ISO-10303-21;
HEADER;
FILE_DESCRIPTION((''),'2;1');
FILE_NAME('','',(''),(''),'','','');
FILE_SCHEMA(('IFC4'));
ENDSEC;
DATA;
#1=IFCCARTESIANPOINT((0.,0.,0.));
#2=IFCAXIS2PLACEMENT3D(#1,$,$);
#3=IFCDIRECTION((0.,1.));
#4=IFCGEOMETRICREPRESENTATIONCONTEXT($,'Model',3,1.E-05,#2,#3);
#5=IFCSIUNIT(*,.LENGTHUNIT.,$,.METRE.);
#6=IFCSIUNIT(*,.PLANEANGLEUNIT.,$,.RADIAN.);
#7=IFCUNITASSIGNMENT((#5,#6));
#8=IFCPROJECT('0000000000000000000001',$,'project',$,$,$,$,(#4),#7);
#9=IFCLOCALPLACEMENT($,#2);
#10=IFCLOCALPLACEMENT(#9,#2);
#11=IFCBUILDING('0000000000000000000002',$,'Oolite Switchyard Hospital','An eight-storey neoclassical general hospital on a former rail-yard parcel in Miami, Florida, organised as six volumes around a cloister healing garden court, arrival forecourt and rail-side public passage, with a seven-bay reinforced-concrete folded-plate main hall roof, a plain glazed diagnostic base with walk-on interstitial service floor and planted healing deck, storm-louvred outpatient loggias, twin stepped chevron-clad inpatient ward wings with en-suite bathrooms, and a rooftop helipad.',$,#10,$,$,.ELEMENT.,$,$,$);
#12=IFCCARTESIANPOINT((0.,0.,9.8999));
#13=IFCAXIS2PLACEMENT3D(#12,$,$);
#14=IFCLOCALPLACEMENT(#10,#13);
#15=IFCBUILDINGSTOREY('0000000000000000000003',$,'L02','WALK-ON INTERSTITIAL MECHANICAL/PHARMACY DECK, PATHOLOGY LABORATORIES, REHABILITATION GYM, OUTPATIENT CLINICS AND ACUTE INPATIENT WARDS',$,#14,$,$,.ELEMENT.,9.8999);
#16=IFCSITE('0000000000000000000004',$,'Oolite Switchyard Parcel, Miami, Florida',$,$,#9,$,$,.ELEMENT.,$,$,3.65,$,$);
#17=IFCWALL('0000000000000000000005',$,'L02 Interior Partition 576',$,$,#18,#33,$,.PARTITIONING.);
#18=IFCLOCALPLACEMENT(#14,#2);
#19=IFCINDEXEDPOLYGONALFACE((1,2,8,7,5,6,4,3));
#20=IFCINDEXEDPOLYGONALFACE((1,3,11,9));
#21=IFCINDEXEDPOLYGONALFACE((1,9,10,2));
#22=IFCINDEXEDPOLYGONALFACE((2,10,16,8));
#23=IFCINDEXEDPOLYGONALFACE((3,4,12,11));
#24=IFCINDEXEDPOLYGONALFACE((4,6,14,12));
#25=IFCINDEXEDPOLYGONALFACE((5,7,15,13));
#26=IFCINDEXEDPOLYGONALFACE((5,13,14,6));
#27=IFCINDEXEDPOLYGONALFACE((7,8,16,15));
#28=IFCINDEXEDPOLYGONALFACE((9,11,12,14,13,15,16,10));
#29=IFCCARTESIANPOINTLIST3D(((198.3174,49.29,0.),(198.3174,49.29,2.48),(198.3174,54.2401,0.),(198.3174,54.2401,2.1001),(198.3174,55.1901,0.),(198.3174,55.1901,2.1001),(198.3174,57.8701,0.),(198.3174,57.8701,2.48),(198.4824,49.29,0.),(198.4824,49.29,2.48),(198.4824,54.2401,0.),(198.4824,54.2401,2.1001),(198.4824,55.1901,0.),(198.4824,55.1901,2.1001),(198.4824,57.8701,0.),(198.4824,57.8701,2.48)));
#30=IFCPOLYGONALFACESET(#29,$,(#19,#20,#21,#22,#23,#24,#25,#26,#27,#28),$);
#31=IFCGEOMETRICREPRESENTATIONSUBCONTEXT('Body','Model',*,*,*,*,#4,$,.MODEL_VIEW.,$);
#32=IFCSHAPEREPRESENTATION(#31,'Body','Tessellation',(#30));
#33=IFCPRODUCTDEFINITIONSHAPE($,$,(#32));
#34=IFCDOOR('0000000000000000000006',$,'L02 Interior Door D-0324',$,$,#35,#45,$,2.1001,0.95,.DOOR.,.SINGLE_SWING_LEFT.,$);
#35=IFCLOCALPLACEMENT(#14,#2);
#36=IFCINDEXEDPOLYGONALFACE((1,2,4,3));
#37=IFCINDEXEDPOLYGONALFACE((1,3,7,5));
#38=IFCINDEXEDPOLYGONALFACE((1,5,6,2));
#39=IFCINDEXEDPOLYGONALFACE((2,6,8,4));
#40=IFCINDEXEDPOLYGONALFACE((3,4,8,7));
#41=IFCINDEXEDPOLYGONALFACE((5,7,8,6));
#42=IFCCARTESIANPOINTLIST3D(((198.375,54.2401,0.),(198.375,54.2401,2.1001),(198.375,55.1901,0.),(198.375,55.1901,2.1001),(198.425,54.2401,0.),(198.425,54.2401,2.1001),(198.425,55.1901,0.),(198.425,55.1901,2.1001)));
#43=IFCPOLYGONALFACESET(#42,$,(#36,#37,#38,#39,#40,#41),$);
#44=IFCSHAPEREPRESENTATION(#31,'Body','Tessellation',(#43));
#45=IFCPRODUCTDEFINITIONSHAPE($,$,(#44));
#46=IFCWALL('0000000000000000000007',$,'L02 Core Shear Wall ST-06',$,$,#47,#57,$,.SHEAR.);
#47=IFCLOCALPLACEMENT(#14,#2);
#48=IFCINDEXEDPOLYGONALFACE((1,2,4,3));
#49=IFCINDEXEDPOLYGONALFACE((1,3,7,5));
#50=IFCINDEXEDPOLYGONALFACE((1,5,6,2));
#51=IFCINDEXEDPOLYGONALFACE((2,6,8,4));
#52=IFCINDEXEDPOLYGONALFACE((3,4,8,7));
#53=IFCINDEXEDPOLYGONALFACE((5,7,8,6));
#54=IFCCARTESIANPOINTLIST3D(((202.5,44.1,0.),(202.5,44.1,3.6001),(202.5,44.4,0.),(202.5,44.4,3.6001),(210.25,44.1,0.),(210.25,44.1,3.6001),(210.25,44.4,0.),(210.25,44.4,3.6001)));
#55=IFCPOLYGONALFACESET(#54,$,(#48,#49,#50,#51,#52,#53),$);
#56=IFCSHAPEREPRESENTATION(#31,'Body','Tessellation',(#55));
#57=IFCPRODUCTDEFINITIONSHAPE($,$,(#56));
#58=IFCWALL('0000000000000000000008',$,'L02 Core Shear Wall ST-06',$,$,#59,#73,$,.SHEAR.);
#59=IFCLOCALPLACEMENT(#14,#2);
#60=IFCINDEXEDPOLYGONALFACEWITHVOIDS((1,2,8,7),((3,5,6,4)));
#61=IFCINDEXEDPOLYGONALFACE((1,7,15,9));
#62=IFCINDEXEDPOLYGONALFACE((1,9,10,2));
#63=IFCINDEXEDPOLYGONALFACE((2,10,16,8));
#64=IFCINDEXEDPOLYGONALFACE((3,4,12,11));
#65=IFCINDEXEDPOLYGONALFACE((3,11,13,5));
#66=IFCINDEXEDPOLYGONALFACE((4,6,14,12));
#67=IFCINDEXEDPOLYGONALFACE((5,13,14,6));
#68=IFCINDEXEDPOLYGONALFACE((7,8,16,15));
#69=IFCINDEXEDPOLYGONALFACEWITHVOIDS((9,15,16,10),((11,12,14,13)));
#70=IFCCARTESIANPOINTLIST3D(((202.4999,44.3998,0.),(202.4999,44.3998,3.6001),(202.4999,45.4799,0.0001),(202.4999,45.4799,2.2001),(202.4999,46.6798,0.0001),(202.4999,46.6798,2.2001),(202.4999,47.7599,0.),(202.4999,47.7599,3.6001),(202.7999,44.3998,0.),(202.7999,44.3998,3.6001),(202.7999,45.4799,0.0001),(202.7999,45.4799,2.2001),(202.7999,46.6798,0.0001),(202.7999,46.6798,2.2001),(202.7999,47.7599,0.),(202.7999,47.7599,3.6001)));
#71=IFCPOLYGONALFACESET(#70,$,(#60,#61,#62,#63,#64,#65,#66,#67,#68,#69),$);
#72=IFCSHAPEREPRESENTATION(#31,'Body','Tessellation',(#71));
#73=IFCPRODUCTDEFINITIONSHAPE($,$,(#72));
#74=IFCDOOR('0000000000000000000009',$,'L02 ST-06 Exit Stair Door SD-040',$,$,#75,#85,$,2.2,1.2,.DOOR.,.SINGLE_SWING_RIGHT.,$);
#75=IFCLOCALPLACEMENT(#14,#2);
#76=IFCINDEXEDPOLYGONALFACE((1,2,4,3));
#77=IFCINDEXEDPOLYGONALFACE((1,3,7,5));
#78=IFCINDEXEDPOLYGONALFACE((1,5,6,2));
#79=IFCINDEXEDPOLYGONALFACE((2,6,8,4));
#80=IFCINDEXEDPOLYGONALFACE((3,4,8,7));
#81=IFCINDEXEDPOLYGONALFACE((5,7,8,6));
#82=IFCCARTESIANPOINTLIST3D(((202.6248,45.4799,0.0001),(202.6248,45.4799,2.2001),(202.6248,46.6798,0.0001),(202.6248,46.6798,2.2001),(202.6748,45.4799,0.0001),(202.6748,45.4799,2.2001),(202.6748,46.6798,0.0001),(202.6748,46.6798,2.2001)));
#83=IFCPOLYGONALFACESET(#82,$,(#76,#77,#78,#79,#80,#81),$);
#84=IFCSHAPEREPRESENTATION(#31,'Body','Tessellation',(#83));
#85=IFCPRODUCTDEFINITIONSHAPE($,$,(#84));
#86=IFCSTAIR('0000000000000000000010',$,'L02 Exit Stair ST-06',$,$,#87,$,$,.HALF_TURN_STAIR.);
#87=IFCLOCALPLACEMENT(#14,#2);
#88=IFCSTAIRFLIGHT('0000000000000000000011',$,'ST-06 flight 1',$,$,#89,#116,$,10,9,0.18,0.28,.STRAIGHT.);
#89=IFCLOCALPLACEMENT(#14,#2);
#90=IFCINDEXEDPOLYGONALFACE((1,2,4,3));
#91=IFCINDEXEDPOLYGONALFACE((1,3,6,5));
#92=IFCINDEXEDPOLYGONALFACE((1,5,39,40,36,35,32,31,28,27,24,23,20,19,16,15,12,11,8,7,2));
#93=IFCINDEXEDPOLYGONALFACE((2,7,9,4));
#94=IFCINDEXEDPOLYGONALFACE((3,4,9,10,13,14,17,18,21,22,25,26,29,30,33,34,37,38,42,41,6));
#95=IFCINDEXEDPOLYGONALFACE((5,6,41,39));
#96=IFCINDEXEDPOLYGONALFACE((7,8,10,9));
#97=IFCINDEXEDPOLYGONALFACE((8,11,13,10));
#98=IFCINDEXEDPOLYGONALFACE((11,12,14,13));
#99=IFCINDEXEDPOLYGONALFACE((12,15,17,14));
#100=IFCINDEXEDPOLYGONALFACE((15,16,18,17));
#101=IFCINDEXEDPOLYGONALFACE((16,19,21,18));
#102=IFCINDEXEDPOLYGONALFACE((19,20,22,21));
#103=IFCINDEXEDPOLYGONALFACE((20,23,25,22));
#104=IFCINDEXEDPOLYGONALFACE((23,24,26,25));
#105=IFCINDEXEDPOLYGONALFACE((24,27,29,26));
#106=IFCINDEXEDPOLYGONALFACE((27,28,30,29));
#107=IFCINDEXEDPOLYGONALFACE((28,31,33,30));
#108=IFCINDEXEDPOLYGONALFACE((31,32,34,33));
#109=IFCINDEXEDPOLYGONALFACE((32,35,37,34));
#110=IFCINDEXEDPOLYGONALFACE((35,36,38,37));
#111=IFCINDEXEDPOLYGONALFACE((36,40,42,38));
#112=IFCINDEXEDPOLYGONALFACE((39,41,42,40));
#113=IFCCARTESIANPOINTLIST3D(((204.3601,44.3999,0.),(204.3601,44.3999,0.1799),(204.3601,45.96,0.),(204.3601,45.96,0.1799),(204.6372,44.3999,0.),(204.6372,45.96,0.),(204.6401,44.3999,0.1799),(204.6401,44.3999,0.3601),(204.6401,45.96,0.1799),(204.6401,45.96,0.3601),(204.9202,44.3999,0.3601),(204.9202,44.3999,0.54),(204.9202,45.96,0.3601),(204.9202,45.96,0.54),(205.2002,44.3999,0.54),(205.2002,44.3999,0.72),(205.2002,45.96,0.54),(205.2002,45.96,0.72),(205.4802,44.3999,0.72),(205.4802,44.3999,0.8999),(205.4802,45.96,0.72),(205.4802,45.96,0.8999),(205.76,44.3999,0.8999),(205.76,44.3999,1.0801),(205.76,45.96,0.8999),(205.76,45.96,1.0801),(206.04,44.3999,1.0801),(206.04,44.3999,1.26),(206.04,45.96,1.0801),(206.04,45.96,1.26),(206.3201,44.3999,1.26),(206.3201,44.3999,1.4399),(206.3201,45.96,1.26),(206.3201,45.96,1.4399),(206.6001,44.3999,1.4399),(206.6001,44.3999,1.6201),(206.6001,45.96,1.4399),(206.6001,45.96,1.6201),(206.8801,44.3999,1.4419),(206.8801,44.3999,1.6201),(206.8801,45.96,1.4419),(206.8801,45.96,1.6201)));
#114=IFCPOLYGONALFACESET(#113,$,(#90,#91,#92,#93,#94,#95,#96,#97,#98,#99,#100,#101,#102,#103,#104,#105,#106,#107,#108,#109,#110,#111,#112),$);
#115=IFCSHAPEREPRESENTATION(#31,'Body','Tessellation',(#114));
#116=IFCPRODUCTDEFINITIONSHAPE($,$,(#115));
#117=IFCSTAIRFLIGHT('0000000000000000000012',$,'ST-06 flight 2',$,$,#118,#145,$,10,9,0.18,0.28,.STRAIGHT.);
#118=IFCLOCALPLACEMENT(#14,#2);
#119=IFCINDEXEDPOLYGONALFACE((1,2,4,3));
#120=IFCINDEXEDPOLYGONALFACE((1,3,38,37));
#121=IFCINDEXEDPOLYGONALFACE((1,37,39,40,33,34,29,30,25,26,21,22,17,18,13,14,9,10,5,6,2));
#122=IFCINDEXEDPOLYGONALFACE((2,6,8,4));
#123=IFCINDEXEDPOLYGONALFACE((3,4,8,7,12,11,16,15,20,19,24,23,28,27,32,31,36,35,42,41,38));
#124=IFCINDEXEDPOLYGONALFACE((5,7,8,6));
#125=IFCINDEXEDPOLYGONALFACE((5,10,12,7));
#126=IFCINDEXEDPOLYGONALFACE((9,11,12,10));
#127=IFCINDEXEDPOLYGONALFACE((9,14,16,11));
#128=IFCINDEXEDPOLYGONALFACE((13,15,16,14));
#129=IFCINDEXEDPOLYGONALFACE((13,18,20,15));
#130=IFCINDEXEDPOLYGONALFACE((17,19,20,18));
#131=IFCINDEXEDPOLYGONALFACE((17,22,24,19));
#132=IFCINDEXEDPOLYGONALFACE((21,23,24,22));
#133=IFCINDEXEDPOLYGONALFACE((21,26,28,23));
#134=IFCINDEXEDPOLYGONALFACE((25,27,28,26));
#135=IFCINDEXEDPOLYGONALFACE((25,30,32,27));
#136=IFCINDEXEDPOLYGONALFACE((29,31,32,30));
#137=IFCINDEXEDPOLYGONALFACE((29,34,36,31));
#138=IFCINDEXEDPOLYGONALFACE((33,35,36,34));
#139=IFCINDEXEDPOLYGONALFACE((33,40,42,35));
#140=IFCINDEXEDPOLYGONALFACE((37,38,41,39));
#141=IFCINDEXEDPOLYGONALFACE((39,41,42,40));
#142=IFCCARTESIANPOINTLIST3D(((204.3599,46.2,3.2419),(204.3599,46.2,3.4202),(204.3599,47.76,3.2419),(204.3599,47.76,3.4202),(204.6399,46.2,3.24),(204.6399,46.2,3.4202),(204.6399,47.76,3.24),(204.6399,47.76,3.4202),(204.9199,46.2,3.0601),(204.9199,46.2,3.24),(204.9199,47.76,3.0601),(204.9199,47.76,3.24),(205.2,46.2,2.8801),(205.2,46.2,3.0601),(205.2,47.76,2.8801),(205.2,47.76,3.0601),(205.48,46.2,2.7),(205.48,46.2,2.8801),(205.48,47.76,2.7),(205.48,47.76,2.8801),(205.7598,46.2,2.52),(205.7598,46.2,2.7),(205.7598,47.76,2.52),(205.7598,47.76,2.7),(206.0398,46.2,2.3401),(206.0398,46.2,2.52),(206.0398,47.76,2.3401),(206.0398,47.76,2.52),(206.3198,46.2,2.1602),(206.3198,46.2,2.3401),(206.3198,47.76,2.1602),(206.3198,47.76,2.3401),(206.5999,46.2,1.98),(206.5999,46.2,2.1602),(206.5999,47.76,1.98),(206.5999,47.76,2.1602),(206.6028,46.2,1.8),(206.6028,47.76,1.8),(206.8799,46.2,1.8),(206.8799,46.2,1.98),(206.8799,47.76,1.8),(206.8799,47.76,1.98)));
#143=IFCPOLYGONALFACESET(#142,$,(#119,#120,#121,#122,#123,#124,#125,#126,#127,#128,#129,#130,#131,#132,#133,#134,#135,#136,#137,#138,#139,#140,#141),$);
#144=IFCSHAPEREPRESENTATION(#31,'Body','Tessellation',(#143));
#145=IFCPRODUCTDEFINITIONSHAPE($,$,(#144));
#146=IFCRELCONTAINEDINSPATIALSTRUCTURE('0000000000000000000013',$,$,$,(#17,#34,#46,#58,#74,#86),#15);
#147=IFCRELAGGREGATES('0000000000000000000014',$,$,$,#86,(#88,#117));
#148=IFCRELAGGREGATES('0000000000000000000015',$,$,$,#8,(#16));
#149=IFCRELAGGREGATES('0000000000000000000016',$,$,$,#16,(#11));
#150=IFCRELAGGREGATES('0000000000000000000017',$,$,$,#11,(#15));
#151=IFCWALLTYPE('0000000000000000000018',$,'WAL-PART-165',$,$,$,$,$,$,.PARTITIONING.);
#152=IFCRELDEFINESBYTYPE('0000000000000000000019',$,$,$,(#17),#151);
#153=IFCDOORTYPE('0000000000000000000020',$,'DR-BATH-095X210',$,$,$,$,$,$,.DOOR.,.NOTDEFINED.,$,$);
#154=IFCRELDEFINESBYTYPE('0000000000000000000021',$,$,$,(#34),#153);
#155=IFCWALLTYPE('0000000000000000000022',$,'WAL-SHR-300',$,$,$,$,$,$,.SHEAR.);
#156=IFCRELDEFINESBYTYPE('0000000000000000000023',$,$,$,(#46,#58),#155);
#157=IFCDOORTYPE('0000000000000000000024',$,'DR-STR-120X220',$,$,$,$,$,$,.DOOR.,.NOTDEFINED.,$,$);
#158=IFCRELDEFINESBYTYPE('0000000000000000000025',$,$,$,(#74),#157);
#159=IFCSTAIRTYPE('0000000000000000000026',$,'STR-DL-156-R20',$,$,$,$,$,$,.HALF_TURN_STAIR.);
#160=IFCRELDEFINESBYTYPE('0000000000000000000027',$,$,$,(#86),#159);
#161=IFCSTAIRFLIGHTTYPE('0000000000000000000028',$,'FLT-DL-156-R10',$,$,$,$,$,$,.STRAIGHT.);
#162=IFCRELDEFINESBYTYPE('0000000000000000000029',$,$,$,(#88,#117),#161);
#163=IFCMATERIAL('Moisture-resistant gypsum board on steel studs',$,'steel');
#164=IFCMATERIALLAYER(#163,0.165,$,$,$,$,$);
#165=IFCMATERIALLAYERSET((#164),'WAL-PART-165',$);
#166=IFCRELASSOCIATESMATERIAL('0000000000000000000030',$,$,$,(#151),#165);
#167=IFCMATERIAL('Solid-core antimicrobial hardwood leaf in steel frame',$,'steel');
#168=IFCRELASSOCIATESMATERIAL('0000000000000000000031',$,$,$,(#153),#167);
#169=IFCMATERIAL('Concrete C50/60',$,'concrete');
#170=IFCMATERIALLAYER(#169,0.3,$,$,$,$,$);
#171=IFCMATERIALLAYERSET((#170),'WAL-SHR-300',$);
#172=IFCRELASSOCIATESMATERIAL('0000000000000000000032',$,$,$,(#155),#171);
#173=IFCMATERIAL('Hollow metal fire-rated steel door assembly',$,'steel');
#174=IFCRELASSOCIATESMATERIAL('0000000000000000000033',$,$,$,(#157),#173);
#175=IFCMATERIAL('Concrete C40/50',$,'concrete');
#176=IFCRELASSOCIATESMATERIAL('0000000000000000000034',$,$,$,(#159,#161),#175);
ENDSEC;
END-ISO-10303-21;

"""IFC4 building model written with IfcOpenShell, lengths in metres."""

from ifc_helpers import new_model, si_unit, direction, frame, frame_2d, origin, place, context, subcontext, project, spatial, polyline, rectangle, outline, extrude, material, layer, layer_set, type_object, element, fill, aggregate, save


model = new_model("IFC4")

# Units and contexts
model_context = context("Model", 3, precision=1e-05, world=origin(), true_north=direction((0.0, 1.0)))
body_context = subcontext(model_context, "Body", "Model", "MODEL_VIEW")
ifc_project = project(units=[si_unit("LENGTHUNIT", "METRE"), si_unit("PLANEANGLEUNIT", "RADIAN")], contexts=[model_context])

# Site, building, storey
site_placement = place(None, origin())
site = spatial("IfcSite", under=ifc_project, at=site_placement, Name="Oolite Switchyard Parcel, Miami, Florida", CompositionType="ELEMENT", RefElevation=3.65)
building_placement = place(site_placement, origin())
building = spatial("IfcBuilding", under=site, at=building_placement, Name="Oolite Switchyard Hospital", Description="An eight-storey neoclassical general hospital on a former rail-yard parcel in Miami, Florida, organised as six volumes around a cloister healing garden court, arrival forecourt and rail-side public passage, with a seven-bay reinforced-concrete folded-plate main hall roof, a plain glazed diagnostic base with walk-on interstitial service floor and planted healing deck, storm-louvred outpatient loggias, twin stepped chevron-clad inpatient ward wings with en-suite bathrooms, and a rooftop helipad.", CompositionType="ELEMENT")
storey_placement = place(building_placement, frame((0.0, 0.0, 9.8999)))
storey = spatial("IfcBuildingStorey", under=building, at=storey_placement, Name="L02", Description="WALK-ON INTERSTITIAL MECHANICAL/PHARMACY DECK, PATHOLOGY LABORATORIES, REHABILITATION GYM, OUTPATIENT CLINICS AND ACUTE INPATIENT WARDS", CompositionType="ELEMENT", Elevation=9.8999)

# Shared definitions
ifc_material_1 = material(Name="Concrete C50/60", Category="concrete")

# Shared definitions
ifc_material_2 = material(Name="Concrete C40/50", Category="concrete")

# Shared definitions
ifc_material_3 = material(Name="Moisture-resistant gypsum board on steel studs", Category="steel")

# Wall, opening, door
ifc_layer_1 = layer(ifc_material_3, 0.165)
ifc_layer_set_1 = layer_set([ifc_layer_1], Name="WAL-PART-165")
wall_type_1 = type_object("IfcWallType", Name="WAL-PART-165", PredefinedType="PARTITIONING", material=ifc_layer_set_1)
wall_1_placement = place(storey_placement, frame((198.3999, 49.29, 0.0), z_axis=(0.0, 0.0, 1.0), x_axis=(0.0, 1.0, 0.0)))
wall_1 = element("IfcWall", 1, at=wall_1_placement, inside=storey, type_object=wall_type_1, Name="L02 Interior Partition 576", PredefinedType="PARTITIONING", context=body_context, shape_type="SweptSolid", body=[
    extrude(rectangle(XDim=8.5801, YDim=0.165, at=frame_2d((4.29, 0.0))), origin(), (0.0, 0.0, 1.0), 2.48),
])
opening_1_placement = place(wall_1_placement, frame((4.95, 0.0, 0.0)))
opening_1 = element("IfcOpeningElement", 2, at=opening_1_placement, cuts=wall_1, PredefinedType="OPENING", context=body_context, shape_type="SweptSolid", body=[
    extrude(rectangle(XDim=0.95, YDim=2.1001, at=frame_2d((0.4751, 1.05))), frame((0.0, 0.0925, 0.0), z_axis=(0.0, -1.0, 0.0), x_axis=(1.0, 0.0, 0.0)), (0.0, 0.0, 1.0), 0.1851),
])
ifc_material_4 = material(Name="Solid-core antimicrobial hardwood leaf in steel frame", Category="steel")
door_type_1 = type_object("IfcDoorType", Name="DR-BATH-095X210", OperationType="NOTDEFINED", PredefinedType="DOOR", material=ifc_material_4)
door_1_placement = place(opening_1_placement, origin())
door_1 = element("IfcDoor", 3, at=door_1_placement, inside=storey, type_object=door_type_1, Name="L02 Interior Door D-0324", OperationType="SINGLE_SWING_LEFT", OverallHeight=2.1001, OverallWidth=0.95, PredefinedType="DOOR", context=body_context, shape_type="SweptSolid", body=[
    extrude(rectangle(XDim=0.95, YDim=2.1001, at=frame_2d((0.4751, 1.05))), frame((0.0, 0.0249, 0.0), z_axis=(0.0, -1.0, 0.0), x_axis=(1.0, 0.0, 0.0)), (0.0, 0.0, 1.0), 0.05),
])
fill(opening_1, door_1)

# Wall
ifc_layer_2 = layer(ifc_material_1, 0.3)
ifc_layer_set_2 = layer_set([ifc_layer_2], Name="WAL-SHR-300")
wall_type_2 = type_object("IfcWallType", Name="WAL-SHR-300", PredefinedType="SHEAR", material=ifc_layer_set_2)
wall_2_placement = place(storey_placement, frame((202.5, 44.25, 0.0), z_axis=(0.0, 0.0, 1.0), x_axis=(1.0, 0.0, 0.0)))
element("IfcWall", 4, at=wall_2_placement, inside=storey, type_object=wall_type_2, Name="L02 Core Shear Wall ST-06", PredefinedType="SHEAR", context=body_context, shape_type="SweptSolid", body=[
    extrude(rectangle(XDim=7.75, YDim=0.3, at=frame_2d((3.875, 0.0))), origin(), (0.0, 0.0, 1.0), 3.6001),
])

# Wall, opening, door
wall_3_placement = place(storey_placement, frame((202.6499, 47.76, 0.0), z_axis=(0.0, 0.0, 1.0), x_axis=(0.0, -1.0, 0.0)))
wall_3 = element("IfcWall", 5, at=wall_3_placement, inside=storey, type_object=wall_type_2, Name="L02 Core Shear Wall ST-06", PredefinedType="SHEAR", context=body_context, shape_type="SweptSolid", body=[
    extrude(rectangle(XDim=3.3601, YDim=0.3, at=frame_2d((1.6802, 0.0))), origin(), (0.0, 0.0, 1.0), 3.6001),
])
opening_2_placement = place(wall_3_placement, frame((1.0801, 0.0, 0.0)))
opening_2 = element("IfcOpeningElement", 6, at=opening_2_placement, cuts=wall_3, PredefinedType="OPENING", context=body_context, shape_type="SweptSolid", body=[
    extrude(rectangle(XDim=1.2, YDim=2.2, at=frame_2d((0.6001, 1.1001))), frame((0.0, 0.1602, 0.0), z_axis=(0.0, -1.0, 0.0), x_axis=(1.0, 0.0, 0.0)), (0.0, 0.0, 1.0), 0.3201),
])
ifc_material_5 = material(Name="Hollow metal fire-rated steel door assembly", Category="steel")
door_type_2 = type_object("IfcDoorType", Name="DR-STR-120X220", OperationType="NOTDEFINED", PredefinedType="DOOR", material=ifc_material_5)
door_2_placement = place(opening_2_placement, origin())
door_2 = element("IfcDoor", 7, at=door_2_placement, inside=storey, type_object=door_type_2, Name="L02 ST-06 Exit Stair Door SD-040", OperationType="SINGLE_SWING_RIGHT", OverallHeight=2.2, OverallWidth=1.2, PredefinedType="DOOR", context=body_context, shape_type="SweptSolid", body=[
    extrude(rectangle(XDim=1.2, YDim=2.2, at=frame_2d((0.6001, 1.1001))), frame((0.0, 0.0249, 0.0), z_axis=(0.0, -1.0, 0.0), x_axis=(1.0, 0.0, 0.0)), (0.0, 0.0, 1.0), 0.05),
])
fill(opening_2, door_2)

# Stair, stair flights
stair_type = type_object("IfcStairType", Name="STR-DL-156-R20", PredefinedType="HALF_TURN_STAIR", material=ifc_material_2)
stair_placement = place(storey_placement, origin())
stair = element("IfcStair", 8, at=stair_placement, inside=storey, type_object=stair_type, Name="L02 Exit Stair ST-06", PredefinedType="HALF_TURN_STAIR")
stair_flight_type = type_object("IfcStairFlightType", Name="FLT-DL-156-R10", PredefinedType="STRAIGHT", material=ifc_material_2)
stair_flight_1_placement = place(storey_placement, frame((204.3601, 45.1799, 0.0), z_axis=(0.0, 0.0, 1.0), x_axis=(1.0, 0.0, 0.0)))
stair_flight_1 = element("IfcStairFlight", 9, at=stair_flight_1_placement, type_object=stair_flight_type, Name="ST-06 flight 1", NumberOfRisers=10, NumberOfTreads=9, PredefinedType="STRAIGHT", RiserHeight=0.18, TreadLength=0.28, context=body_context, shape_type="SweptSolid", body=[
    extrude(outline(polyline([(0.0, 0.0), (0.0, 0.1799), (0.28, 0.1799), (0.28, 0.3601), (0.5601, 0.3601), (0.5601, 0.54), (0.8401, 0.54), (0.8401, 0.72), (1.1201, 0.72), (1.1201, 0.8999), (1.3999, 0.8999), (1.3999, 1.0801), (1.6799, 1.0801), (1.6799, 1.26), (1.96, 1.26), (1.96, 1.4399), (2.24, 1.4399), (2.24, 1.6201), (2.52, 1.6201), (2.52, 1.8), (2.52, 1.4419), (0.2771, 0.0), (0.0, 0.0)])), frame((0.0, 0.78, 0.0), z_axis=(0.0, -1.0, 0.0), x_axis=(1.0, 0.0, 0.0)), (0.0, 0.0, 1.0), 1.5601),
])
stair_flight_2_placement = place(storey_placement, frame((206.8799, 46.98, 1.8), z_axis=(0.0, 0.0, 1.0), x_axis=(-1.0, 0.0, 0.0)))
stair_flight_2 = element("IfcStairFlight", 10, at=stair_flight_2_placement, type_object=stair_flight_type, Name="ST-06 flight 2", NumberOfRisers=10, NumberOfTreads=9, PredefinedType="STRAIGHT", RiserHeight=0.18, TreadLength=0.28, context=body_context, shape_type="SweptSolid", body=[
    extrude(outline(polyline([(0.0, 0.0), (0.0, 0.1799), (0.28, 0.1799), (0.28, 0.3601), (0.5601, 0.3601), (0.5601, 0.54), (0.8401, 0.54), (0.8401, 0.72), (1.1201, 0.72), (1.1201, 0.8999), (1.3999, 0.8999), (1.3999, 1.0801), (1.6799, 1.0801), (1.6799, 1.26), (1.96, 1.26), (1.96, 1.4399), (2.24, 1.4399), (2.24, 1.6201), (2.52, 1.6201), (2.52, 1.8), (2.52, 1.4419), (0.2771, 0.0), (0.0, 0.0)])), frame((0.0, 0.78, 0.0), z_axis=(0.0, -1.0, 0.0), x_axis=(1.0, 0.0, 0.0)), (0.0, 0.0, 1.0), 1.5601),
])
aggregate(stair, [stair_flight_1, stair_flight_2])

save(model, "model.ifc")
